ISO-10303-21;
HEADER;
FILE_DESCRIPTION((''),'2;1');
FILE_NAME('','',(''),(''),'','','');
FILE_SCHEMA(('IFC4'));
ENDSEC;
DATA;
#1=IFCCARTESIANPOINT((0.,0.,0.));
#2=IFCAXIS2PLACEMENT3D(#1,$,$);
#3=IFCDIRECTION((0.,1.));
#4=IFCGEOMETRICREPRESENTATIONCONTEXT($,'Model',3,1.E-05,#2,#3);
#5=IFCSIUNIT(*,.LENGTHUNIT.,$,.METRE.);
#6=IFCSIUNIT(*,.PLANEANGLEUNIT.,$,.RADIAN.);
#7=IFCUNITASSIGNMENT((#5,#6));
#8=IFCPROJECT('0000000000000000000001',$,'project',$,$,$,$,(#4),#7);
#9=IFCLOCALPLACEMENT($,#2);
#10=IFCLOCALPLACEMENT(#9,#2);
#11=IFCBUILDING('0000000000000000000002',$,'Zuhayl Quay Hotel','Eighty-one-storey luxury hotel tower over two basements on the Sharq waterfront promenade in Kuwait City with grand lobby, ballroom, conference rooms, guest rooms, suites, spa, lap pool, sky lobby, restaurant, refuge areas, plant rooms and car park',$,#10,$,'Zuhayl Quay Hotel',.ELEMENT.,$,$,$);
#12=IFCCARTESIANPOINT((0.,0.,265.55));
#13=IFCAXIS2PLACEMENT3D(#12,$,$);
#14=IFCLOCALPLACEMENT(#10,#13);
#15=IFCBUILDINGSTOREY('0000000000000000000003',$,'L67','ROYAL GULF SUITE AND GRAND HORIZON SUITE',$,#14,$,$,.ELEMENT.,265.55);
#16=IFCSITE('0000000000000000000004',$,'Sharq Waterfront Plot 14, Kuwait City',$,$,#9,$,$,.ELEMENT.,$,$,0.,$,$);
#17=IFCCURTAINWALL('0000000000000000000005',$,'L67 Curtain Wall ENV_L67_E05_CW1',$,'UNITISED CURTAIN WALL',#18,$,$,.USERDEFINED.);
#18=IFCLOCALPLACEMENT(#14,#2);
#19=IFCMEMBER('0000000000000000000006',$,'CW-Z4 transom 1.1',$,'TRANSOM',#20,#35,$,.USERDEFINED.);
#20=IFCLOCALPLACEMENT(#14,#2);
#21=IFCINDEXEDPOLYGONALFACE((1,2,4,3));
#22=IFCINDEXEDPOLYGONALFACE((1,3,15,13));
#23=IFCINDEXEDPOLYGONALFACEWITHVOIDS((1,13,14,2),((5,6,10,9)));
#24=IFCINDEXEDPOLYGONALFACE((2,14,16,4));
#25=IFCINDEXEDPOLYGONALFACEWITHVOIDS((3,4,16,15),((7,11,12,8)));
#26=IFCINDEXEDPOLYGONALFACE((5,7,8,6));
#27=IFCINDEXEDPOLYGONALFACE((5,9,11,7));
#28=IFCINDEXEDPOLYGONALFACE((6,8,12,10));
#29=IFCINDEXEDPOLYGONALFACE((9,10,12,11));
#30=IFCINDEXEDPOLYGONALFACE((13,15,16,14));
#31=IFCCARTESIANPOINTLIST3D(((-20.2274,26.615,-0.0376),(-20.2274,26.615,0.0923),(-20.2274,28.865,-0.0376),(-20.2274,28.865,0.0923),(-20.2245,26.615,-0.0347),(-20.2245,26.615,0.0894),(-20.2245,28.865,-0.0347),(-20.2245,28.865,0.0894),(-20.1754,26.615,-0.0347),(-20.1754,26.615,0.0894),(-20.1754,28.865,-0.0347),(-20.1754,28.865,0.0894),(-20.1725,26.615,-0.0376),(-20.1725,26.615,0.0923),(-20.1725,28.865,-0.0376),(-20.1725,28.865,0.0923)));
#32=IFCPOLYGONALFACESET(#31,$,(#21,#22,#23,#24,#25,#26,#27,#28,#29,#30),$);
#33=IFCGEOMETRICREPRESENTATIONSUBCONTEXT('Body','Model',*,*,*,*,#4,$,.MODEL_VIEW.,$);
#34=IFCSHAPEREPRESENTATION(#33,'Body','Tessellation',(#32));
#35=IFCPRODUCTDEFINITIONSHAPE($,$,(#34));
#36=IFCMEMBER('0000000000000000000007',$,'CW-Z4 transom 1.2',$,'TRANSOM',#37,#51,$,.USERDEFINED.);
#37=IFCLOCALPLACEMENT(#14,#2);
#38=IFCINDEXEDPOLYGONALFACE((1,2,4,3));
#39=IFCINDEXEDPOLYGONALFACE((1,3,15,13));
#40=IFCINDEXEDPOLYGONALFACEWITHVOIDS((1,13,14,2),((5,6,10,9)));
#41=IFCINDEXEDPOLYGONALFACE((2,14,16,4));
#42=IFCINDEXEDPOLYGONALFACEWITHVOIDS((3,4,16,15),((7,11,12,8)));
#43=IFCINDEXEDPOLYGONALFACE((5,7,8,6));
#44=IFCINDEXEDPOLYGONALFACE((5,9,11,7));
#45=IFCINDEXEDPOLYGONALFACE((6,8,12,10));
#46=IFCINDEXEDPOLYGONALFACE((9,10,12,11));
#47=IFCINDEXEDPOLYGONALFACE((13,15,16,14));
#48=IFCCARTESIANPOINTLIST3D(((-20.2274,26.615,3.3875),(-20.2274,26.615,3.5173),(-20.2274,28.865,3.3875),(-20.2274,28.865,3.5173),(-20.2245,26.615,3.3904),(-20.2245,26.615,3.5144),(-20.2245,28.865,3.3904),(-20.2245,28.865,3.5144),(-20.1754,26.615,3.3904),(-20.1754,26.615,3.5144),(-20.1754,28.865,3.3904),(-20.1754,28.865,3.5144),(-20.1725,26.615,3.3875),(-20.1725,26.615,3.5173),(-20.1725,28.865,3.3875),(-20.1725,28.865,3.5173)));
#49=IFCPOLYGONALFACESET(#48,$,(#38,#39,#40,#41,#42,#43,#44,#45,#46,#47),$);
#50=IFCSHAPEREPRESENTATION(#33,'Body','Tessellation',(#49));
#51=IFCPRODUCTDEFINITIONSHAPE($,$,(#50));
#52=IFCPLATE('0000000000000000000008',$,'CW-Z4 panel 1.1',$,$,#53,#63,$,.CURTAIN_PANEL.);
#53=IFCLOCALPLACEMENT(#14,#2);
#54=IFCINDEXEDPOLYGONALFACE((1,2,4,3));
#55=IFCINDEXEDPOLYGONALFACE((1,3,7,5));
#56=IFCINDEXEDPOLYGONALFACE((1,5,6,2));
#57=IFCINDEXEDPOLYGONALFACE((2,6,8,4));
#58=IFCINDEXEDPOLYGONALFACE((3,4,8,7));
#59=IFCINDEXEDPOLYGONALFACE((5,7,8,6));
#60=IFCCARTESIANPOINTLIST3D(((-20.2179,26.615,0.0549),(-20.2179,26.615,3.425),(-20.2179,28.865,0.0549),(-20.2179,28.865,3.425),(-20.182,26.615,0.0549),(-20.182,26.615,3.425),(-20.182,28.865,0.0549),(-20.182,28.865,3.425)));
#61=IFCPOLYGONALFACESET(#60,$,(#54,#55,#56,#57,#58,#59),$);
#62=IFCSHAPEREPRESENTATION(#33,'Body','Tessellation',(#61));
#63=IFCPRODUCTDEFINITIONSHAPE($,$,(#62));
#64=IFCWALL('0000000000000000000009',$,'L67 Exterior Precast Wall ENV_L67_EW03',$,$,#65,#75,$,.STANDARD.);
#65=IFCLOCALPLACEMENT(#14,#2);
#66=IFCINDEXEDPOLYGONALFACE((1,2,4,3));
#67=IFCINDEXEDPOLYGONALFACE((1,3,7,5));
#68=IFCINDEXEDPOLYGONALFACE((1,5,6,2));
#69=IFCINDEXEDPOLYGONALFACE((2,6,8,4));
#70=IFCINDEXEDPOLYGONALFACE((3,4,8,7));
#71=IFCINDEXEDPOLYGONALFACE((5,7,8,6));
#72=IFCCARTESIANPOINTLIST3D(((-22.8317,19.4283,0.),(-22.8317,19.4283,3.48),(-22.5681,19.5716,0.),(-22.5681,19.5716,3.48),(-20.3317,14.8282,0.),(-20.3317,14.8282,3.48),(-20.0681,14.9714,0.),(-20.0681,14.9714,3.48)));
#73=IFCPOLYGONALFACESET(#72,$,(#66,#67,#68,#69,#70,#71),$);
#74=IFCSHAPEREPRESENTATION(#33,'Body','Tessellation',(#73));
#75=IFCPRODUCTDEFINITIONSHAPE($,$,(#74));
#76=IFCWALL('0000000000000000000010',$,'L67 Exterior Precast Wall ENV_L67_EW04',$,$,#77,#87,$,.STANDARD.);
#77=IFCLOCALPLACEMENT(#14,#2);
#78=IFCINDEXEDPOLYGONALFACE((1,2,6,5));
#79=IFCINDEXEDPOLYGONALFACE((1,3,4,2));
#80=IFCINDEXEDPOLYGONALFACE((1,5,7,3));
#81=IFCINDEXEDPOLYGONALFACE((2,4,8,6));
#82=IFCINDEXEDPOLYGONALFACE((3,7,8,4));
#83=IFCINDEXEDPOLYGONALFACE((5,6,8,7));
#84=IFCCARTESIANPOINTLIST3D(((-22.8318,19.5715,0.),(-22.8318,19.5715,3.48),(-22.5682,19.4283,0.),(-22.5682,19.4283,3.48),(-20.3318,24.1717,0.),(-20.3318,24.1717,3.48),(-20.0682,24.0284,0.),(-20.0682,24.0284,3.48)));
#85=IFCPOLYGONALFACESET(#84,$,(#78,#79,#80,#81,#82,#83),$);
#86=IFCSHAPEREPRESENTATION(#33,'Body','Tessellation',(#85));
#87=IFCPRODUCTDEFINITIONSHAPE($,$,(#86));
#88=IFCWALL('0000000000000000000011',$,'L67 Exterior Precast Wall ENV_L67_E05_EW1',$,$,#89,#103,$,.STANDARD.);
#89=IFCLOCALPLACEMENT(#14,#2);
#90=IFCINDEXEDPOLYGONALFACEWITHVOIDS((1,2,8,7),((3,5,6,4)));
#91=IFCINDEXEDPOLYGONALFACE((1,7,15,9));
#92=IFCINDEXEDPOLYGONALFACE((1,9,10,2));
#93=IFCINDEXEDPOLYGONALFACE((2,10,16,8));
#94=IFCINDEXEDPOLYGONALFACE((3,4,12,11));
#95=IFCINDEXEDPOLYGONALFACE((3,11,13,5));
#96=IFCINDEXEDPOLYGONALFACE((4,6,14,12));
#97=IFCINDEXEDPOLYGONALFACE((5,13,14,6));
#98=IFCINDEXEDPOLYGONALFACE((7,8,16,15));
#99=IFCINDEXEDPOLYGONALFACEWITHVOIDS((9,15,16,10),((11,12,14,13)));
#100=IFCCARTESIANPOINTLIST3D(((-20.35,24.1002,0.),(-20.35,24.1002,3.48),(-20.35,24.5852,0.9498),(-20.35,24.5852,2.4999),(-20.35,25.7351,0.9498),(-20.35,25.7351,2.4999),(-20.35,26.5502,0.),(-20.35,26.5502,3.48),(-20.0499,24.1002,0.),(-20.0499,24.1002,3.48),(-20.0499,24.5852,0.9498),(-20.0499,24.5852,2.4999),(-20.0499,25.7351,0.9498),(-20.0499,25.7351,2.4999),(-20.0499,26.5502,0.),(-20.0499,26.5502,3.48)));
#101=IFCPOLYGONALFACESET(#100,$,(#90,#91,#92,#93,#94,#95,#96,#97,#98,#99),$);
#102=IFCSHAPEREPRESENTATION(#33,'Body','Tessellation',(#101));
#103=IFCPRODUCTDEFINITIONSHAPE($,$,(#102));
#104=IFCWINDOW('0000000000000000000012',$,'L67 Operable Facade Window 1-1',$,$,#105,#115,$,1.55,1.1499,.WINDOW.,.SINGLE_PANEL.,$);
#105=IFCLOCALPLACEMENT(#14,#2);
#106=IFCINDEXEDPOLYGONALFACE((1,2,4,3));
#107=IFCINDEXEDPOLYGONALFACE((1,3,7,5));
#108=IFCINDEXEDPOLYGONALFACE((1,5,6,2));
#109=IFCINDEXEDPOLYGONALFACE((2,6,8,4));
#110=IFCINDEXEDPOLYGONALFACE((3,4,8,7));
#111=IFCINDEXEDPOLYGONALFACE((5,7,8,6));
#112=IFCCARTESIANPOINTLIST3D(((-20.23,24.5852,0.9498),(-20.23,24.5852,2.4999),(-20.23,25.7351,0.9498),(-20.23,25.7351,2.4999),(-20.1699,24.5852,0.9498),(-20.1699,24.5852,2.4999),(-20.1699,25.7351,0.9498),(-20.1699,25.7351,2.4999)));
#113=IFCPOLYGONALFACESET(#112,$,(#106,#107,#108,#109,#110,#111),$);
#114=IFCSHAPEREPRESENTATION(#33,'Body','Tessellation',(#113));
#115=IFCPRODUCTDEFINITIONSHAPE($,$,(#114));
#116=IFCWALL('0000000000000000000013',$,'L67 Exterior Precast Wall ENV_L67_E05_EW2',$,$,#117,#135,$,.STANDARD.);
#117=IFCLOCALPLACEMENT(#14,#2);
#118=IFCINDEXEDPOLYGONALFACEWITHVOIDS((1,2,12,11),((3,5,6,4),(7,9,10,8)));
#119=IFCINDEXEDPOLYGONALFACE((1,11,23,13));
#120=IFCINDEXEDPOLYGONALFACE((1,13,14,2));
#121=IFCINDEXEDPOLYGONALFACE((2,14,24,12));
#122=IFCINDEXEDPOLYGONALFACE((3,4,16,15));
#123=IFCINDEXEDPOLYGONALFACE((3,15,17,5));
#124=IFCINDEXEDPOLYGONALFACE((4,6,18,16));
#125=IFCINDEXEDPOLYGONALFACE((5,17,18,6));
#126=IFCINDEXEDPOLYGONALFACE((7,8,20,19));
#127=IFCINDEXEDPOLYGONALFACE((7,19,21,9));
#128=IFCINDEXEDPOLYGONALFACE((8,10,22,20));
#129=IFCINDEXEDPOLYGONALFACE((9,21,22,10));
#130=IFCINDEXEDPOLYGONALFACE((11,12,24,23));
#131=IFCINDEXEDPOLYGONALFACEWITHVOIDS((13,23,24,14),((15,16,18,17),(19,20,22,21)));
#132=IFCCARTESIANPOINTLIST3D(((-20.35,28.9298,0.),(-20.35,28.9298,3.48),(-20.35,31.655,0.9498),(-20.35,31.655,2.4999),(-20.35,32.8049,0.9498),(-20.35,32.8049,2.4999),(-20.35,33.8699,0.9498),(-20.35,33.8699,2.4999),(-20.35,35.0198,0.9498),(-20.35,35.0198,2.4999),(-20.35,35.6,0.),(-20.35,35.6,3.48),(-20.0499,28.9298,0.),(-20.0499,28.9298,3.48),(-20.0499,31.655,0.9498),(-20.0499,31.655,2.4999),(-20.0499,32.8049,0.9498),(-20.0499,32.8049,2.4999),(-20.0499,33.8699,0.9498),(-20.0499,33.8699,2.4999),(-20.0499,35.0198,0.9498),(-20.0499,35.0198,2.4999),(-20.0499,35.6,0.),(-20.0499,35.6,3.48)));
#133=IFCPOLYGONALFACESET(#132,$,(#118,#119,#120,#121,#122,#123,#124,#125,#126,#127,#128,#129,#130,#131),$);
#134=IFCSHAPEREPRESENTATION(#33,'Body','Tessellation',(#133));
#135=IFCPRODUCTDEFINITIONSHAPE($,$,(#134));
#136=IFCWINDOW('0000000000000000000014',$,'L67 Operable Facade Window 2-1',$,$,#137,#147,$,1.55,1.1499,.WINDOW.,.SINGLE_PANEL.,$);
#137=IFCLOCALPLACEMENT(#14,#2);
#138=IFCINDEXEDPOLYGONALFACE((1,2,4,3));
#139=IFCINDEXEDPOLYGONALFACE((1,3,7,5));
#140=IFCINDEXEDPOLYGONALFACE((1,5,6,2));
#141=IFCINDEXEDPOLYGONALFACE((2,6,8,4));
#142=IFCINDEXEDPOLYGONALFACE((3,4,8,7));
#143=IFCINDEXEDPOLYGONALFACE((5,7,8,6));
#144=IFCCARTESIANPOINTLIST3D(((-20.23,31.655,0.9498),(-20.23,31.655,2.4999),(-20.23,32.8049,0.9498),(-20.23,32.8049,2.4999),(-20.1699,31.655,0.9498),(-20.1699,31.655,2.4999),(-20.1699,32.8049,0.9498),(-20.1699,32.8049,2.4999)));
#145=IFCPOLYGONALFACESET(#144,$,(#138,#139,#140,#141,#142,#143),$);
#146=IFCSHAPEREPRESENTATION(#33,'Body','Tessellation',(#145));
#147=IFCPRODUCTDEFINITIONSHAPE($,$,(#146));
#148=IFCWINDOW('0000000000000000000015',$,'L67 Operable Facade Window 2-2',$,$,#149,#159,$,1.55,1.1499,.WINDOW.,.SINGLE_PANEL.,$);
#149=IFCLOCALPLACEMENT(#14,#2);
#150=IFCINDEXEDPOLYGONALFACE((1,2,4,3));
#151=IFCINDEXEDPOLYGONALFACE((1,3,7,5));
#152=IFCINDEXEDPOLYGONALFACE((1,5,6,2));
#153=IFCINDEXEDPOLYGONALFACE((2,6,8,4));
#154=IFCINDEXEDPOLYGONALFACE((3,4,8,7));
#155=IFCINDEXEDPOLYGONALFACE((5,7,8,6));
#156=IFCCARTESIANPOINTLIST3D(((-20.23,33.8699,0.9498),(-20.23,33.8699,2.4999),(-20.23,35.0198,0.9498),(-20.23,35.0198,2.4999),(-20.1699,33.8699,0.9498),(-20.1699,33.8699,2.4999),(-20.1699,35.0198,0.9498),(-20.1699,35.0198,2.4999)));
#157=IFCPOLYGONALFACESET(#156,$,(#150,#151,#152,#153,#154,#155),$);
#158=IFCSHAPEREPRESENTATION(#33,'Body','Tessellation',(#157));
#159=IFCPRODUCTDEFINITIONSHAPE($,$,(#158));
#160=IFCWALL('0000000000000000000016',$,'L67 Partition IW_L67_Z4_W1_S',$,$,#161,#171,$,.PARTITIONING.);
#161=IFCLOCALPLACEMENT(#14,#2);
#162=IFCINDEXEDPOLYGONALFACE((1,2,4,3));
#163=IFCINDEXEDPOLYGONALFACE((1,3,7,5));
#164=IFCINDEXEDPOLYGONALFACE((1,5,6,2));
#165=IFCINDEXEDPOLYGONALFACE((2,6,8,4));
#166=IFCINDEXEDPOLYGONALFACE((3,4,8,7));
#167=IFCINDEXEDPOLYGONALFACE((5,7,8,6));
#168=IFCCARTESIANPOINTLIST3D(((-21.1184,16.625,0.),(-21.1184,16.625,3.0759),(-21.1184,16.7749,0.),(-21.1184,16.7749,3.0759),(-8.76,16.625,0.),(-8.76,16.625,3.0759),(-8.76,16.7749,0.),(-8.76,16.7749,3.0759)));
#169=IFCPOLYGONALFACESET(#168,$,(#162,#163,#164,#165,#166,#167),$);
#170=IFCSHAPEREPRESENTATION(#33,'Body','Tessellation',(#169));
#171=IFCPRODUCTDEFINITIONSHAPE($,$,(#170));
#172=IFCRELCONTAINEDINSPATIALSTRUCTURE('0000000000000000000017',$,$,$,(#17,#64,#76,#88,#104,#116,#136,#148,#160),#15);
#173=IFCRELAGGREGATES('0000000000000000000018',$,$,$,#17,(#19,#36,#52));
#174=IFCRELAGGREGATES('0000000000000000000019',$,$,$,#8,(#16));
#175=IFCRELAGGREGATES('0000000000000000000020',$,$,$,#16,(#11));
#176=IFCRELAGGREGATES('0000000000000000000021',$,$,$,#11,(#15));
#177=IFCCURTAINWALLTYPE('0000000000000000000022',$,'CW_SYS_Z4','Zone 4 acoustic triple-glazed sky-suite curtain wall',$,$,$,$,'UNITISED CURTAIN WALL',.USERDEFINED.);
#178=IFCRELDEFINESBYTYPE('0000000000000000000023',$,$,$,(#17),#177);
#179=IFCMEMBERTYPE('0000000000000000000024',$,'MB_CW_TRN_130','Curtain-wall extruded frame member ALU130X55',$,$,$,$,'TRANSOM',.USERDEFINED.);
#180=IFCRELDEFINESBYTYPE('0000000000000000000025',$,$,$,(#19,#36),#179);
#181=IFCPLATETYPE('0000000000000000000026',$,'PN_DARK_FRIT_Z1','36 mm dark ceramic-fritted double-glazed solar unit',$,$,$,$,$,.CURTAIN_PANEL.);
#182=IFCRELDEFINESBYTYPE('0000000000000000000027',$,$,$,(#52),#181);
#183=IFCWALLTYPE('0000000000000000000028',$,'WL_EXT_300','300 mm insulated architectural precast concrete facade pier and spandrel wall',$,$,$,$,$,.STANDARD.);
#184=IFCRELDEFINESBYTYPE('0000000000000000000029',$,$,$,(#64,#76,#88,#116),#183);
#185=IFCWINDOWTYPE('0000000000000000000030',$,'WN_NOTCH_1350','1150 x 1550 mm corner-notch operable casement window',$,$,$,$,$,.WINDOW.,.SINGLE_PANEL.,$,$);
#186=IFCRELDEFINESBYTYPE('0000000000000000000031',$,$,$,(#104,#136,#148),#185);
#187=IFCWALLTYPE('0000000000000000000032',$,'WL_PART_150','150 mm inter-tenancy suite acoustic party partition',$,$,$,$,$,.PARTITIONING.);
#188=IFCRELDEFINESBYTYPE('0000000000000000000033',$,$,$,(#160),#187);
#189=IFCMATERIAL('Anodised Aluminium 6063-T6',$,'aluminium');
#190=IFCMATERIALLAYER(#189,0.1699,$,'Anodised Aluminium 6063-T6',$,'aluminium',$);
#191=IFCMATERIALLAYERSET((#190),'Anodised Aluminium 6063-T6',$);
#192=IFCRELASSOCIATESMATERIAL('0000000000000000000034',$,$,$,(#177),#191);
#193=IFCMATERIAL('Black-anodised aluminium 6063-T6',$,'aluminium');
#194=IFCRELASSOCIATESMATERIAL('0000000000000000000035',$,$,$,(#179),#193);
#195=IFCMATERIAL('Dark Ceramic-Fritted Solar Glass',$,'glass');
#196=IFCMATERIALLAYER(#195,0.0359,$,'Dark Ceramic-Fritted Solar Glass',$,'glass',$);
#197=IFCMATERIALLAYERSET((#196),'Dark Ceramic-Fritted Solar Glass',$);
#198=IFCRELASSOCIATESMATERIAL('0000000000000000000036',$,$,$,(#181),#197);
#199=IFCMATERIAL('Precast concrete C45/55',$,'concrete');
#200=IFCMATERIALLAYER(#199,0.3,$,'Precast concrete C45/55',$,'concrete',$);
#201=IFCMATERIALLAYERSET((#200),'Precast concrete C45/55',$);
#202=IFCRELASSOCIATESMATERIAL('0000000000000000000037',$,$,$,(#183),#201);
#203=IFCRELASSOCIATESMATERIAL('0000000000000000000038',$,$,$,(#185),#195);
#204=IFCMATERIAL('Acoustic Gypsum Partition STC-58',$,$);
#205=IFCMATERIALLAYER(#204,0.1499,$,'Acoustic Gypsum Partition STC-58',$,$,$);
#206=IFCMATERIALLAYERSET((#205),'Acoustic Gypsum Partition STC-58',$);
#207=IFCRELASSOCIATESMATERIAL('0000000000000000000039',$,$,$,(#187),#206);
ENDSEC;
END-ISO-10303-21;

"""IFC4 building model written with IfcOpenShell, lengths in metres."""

from ifc_helpers import new_model, si_unit, direction, frame, frame_2d, origin, origin_2d, place, context, subcontext, project, spatial, rectangle, hollow_rectangle, extrude, material, layer, layer_set, material_profile, profile_set, type_object, element, fill, aggregate, save


model = new_model("IFC4")

# Units and contexts
model_context = context("Model", 3, precision=1e-05, world=origin(), true_north=direction((0.0, 1.0)))
body_context = subcontext(model_context, "Body", "Model", "MODEL_VIEW")
ifc_project = project(units=[si_unit("LENGTHUNIT", "METRE"), si_unit("PLANEANGLEUNIT", "RADIAN")], contexts=[model_context])

# Site, building, storey
site_placement = place(None, origin())
site = spatial("IfcSite", under=ifc_project, at=site_placement, Name="Sharq Waterfront Plot 14, Kuwait City", CompositionType="ELEMENT", RefElevation=0.0)
building_placement = place(site_placement, origin())
building = spatial("IfcBuilding", under=site, at=building_placement, Name="Zuhayl Quay Hotel", Description="Eighty-one-storey luxury hotel tower over two basements on the Sharq waterfront promenade in Kuwait City with grand lobby, ballroom, conference rooms, guest rooms, suites, spa, lap pool, sky lobby, restaurant, refuge areas, plant rooms and car park", LongName="Zuhayl Quay Hotel", CompositionType="ELEMENT")
storey_placement = place(building_placement, frame((0.0, 0.0, 265.55)))
storey = spatial("IfcBuildingStorey", under=building, at=storey_placement, Name="L67", Description="ROYAL GULF SUITE AND GRAND HORIZON SUITE", CompositionType="ELEMENT", Elevation=265.55)

# Curtain wall, members, plate
ifc_material_1 = material(Name="Anodised Aluminium 6063-T6", Category="aluminium")
ifc_layer_1 = layer(ifc_material_1, 0.1699, Name="Anodised Aluminium 6063-T6", Category="aluminium")
ifc_layer_set_1 = layer_set([ifc_layer_1], Name="Anodised Aluminium 6063-T6")
curtain_wall_type = type_object("IfcCurtainWallType", Name="CW_SYS_Z4", Description="Zone 4 acoustic triple-glazed sky-suite curtain wall", ElementType="UNITISED CURTAIN WALL", PredefinedType="USERDEFINED", material=ifc_layer_set_1)
curtain_wall_placement = place(storey_placement, origin())
curtain_wall = element("IfcCurtainWall", 1, at=curtain_wall_placement, inside=storey, type_object=curtain_wall_type, Name="L67 Curtain Wall ENV_L67_E05_CW1", ObjectType="UNITISED CURTAIN WALL", PredefinedType="USERDEFINED")
ifc_material_2 = material(Name="Black-anodised aluminium 6063-T6", Category="aluminium")
ifc_material_profile_1 = material_profile(ifc_material_2, hollow_rectangle(XDim=0.0549, YDim=0.1299, WallThickness=0.0029, at=origin_2d()), Name="ALU130X55")
ifc_profile_set_1 = profile_set([ifc_material_profile_1], Name="Black-anodised aluminium 6063-T6")
member_type_1 = type_object("IfcMemberType", Name="MB_CW_TRN_130", Description="Curtain-wall extruded frame member ALU130X55", ElementType="TRANSOM", PredefinedType="USERDEFINED", material=ifc_profile_set_1)
member_1_placement = place(storey_placement, frame((-20.2, 26.615, 0.0273), z_axis=(0.0, 1.0, 0.0), x_axis=(-1.0, 0.0, 0.0)))
member_1 = element("IfcMember", 2, at=member_1_placement, type_object=member_type_1, Name="CW-Z4 transom 1.1", ObjectType="TRANSOM", PredefinedType="USERDEFINED", context=body_context, shape_type="SweptSolid", body=[
    extrude(hollow_rectangle(XDim=0.0549, YDim=0.1299, WallThickness=0.0029, at=origin_2d()), origin(), (0.0, 0.0, 1.0), 2.25),
])
member_2_placement = place(storey_placement, frame((-20.2, 26.615, 3.4524), z_axis=(0.0, 1.0, 0.0), x_axis=(-1.0, 0.0, 0.0)))
member_2 = element("IfcMember", 3, at=member_2_placement, type_object=member_type_1, Name="CW-Z4 transom 1.2", ObjectType="TRANSOM", PredefinedType="USERDEFINED", context=body_context, shape_type="SweptSolid", body=[
    extrude(hollow_rectangle(XDim=0.0549, YDim=0.1299, WallThickness=0.0029, at=origin_2d()), origin(), (0.0, 0.0, 1.0), 2.25),
])
ifc_material_3 = material(Name="Dark Ceramic-Fritted Solar Glass", Category="glass")
ifc_layer_2 = layer(ifc_material_3, 0.0359, Name="Dark Ceramic-Fritted Solar Glass", Category="glass")
ifc_layer_set_2 = layer_set([ifc_layer_2], Name="Dark Ceramic-Fritted Solar Glass")
plate_type = type_object("IfcPlateType", Name="PN_DARK_FRIT_Z1", Description="36 mm dark ceramic-fritted double-glazed solar unit", PredefinedType="CURTAIN_PANEL", material=ifc_layer_set_2)
plate_placement = place(storey_placement, frame((-20.2, 27.74, 0.0549), z_axis=(0.0, 0.0, 1.0), x_axis=(0.0, 1.0, 0.0)))
plate = element("IfcPlate", 4, at=plate_placement, type_object=plate_type, Name="CW-Z4 panel 1.1", PredefinedType="CURTAIN_PANEL", context=body_context, shape_type="SweptSolid", body=[
    extrude(rectangle(XDim=2.25, YDim=0.0359, at=origin_2d()), origin(), (0.0, 0.0, 1.0), 3.3701),
])
aggregate(curtain_wall, [member_1, member_2, plate])

# Walls
ifc_material_4 = material(Name="Precast concrete C45/55", Category="concrete")
ifc_layer_3 = layer(ifc_material_4, 0.3, Name="Precast concrete C45/55", Category="concrete")
ifc_layer_set_3 = layer_set([ifc_layer_3], Name="Precast concrete C45/55")
wall_type_1 = type_object("IfcWallType", Name="WL_EXT_300", Description="300 mm insulated architectural precast concrete facade pier and spandrel wall", PredefinedType="STANDARD", material=ifc_layer_set_3)
for number, where, z_axis, x_axis, name in (
    (5, (-20.2, 14.8999, 0.0), (0.0, 0.0, 1.0), (-0.477505, 0.878629, 0.0), "L67 Exterior Precast Wall ENV_L67_EW03"),
    (6, (-22.7, 19.5, 0.0), (0.0, 0.0, 1.0), (0.477505, 0.878629, 0.0), "L67 Exterior Precast Wall ENV_L67_EW04"),
):
    element("IfcWall", number, at=place(storey_placement, frame(where, z_axis=z_axis, x_axis=x_axis)), inside=storey, type_object=wall_type_1, Name=name, PredefinedType="STANDARD", context=body_context, shape_type="SweptSolid", body=[
        extrude(rectangle(XDim=5.2356, YDim=0.3, at=frame_2d((2.6177, 0.0))), origin(), (0.0, 0.0, 1.0), 3.48),
    ])

# Wall, opening, window
wall_1_placement = place(storey_placement, frame((-20.2, 24.1001, 0.0), z_axis=(0.0, 0.0, 1.0), x_axis=(0.0, 1.0, 0.0)))
wall_1 = element("IfcWall", 7, at=wall_1_placement, inside=storey, type_object=wall_type_1, Name="L67 Exterior Precast Wall ENV_L67_E05_EW1", PredefinedType="STANDARD", context=body_context, shape_type="SweptSolid", body=[
    extrude(rectangle(XDim=2.45, YDim=0.3, at=frame_2d((1.2251, 0.0))), origin(), (0.0, 0.0, 1.0), 3.48),
])
opening_1_placement = place(wall_1_placement, frame((0.4851, 0.0, 0.95)))
opening_1 = element("IfcOpeningElement", 8, at=opening_1_placement, cuts=wall_1, PredefinedType="OPENING", context=body_context, shape_type="SweptSolid", body=[
    extrude(rectangle(XDim=1.1499, YDim=1.55, at=frame_2d((0.575, 0.7749))), frame((0.0, 0.1599, 0.0), z_axis=(0.0, -1.0, 0.0), x_axis=(1.0, 0.0, 0.0)), (0.0, 0.0, 1.0), 0.3201),
])
window_type = type_object("IfcWindowType", Name="WN_NOTCH_1350", Description="1150 x 1550 mm corner-notch operable casement window", PartitioningType="SINGLE_PANEL", PredefinedType="WINDOW", material=ifc_material_3)
window_1_placement = place(opening_1_placement, origin())
window_1 = element("IfcWindow", 9, at=window_1_placement, inside=storey, type_object=window_type, Name="L67 Operable Facade Window 1-1", OverallHeight=1.55, OverallWidth=1.1499, PartitioningType="SINGLE_PANEL", PredefinedType="WINDOW", context=body_context, shape_type="SweptSolid", body=[
    extrude(rectangle(XDim=1.1499, YDim=1.55, at=frame_2d((0.575, 0.7749))), frame((0.0, 0.03, 0.0), z_axis=(0.0, -1.0, 0.0), x_axis=(1.0, 0.0, 0.0)), (0.0, 0.0, 1.0), 0.0601),
])
fill(opening_1, window_1)

# Wall, openings, windows
wall_2_placement = place(storey_placement, frame((-20.2, 28.9299, 0.0), z_axis=(0.0, 0.0, 1.0), x_axis=(0.0, 1.0, 0.0)))
wall_2 = element("IfcWall", 10, at=wall_2_placement, inside=storey, type_object=wall_type_1, Name="L67 Exterior Precast Wall ENV_L67_E05_EW2", PredefinedType="STANDARD", context=body_context, shape_type="SweptSolid", body=[
    extrude(rectangle(XDim=6.6702, YDim=0.3, at=frame_2d((3.335, 0.0))), origin(), (0.0, 0.0, 1.0), 3.48),
])
opening_2_placement = place(wall_2_placement, frame((2.7251, 0.0, 0.95)))
opening_2 = element("IfcOpeningElement", 11, at=opening_2_placement, cuts=wall_2, PredefinedType="OPENING", context=body_context, shape_type="SweptSolid", body=[
    extrude(rectangle(XDim=1.1499, YDim=1.55, at=frame_2d((0.575, 0.7749))), frame((0.0, 0.1599, 0.0), z_axis=(0.0, -1.0, 0.0), x_axis=(1.0, 0.0, 0.0)), (0.0, 0.0, 1.0), 0.3201),
])
opening_3_placement = place(wall_2_placement, frame((4.9399, 0.0, 0.95)))
opening_3 = element("IfcOpeningElement", 12, at=opening_3_placement, cuts=wall_2, PredefinedType="OPENING", context=body_context, shape_type="SweptSolid", body=[
    extrude(rectangle(XDim=1.1499, YDim=1.55, at=frame_2d((0.575, 0.7749))), frame((0.0, 0.1599, 0.0), z_axis=(0.0, -1.0, 0.0), x_axis=(1.0, 0.0, 0.0)), (0.0, 0.0, 1.0), 0.3201),
])
window_2_placement = place(opening_2_placement, origin())
window_2 = element("IfcWindow", 13, at=window_2_placement, inside=storey, type_object=window_type, Name="L67 Operable Facade Window 2-1", OverallHeight=1.55, OverallWidth=1.1499, PartitioningType="SINGLE_PANEL", PredefinedType="WINDOW", context=body_context, shape_type="SweptSolid", body=[
    extrude(rectangle(XDim=1.1499, YDim=1.55, at=frame_2d((0.575, 0.7749))), frame((0.0, 0.03, 0.0), z_axis=(0.0, -1.0, 0.0), x_axis=(1.0, 0.0, 0.0)), (0.0, 0.0, 1.0), 0.0601),
])
fill(opening_2, window_2)
window_3_placement = place(opening_3_placement, origin())
window_3 = element("IfcWindow", 14, at=window_3_placement, inside=storey, type_object=window_type, Name="L67 Operable Facade Window 2-2", OverallHeight=1.55, OverallWidth=1.1499, PartitioningType="SINGLE_PANEL", PredefinedType="WINDOW", context=body_context, shape_type="SweptSolid", body=[
    extrude(rectangle(XDim=1.1499, YDim=1.55, at=frame_2d((0.575, 0.7749))), frame((0.0, 0.03, 0.0), z_axis=(0.0, -1.0, 0.0), x_axis=(1.0, 0.0, 0.0)), (0.0, 0.0, 1.0), 0.0601),
])
fill(opening_3, window_3)

# Wall
ifc_material_5 = material(Name="Acoustic Gypsum Partition STC-58")
ifc_layer_4 = layer(ifc_material_5, 0.1499, Name="Acoustic Gypsum Partition STC-58")
ifc_layer_set_4 = layer_set([ifc_layer_4], Name="Acoustic Gypsum Partition STC-58")
wall_type_2 = type_object("IfcWallType", Name="WL_PART_150", Description="150 mm inter-tenancy suite acoustic party partition", PredefinedType="PARTITIONING", material=ifc_layer_set_4)
wall_3_placement = place(storey_placement, frame((-21.1184, 16.7, 0.0), z_axis=(0.0, 0.0, 1.0), x_axis=(1.0, 0.0, 0.0)))
element("IfcWall", 15, at=wall_3_placement, inside=storey, type_object=wall_type_2, Name="L67 Partition IW_L67_Z4_W1_S", PredefinedType="PARTITIONING", context=body_context, shape_type="SweptSolid", body=[
    extrude(rectangle(XDim=12.3584, YDim=0.1499, at=frame_2d((6.1792, 0.0))), origin(), (0.0, 0.0, 1.0), 3.0759),
])

save(model, "model.ifc")
